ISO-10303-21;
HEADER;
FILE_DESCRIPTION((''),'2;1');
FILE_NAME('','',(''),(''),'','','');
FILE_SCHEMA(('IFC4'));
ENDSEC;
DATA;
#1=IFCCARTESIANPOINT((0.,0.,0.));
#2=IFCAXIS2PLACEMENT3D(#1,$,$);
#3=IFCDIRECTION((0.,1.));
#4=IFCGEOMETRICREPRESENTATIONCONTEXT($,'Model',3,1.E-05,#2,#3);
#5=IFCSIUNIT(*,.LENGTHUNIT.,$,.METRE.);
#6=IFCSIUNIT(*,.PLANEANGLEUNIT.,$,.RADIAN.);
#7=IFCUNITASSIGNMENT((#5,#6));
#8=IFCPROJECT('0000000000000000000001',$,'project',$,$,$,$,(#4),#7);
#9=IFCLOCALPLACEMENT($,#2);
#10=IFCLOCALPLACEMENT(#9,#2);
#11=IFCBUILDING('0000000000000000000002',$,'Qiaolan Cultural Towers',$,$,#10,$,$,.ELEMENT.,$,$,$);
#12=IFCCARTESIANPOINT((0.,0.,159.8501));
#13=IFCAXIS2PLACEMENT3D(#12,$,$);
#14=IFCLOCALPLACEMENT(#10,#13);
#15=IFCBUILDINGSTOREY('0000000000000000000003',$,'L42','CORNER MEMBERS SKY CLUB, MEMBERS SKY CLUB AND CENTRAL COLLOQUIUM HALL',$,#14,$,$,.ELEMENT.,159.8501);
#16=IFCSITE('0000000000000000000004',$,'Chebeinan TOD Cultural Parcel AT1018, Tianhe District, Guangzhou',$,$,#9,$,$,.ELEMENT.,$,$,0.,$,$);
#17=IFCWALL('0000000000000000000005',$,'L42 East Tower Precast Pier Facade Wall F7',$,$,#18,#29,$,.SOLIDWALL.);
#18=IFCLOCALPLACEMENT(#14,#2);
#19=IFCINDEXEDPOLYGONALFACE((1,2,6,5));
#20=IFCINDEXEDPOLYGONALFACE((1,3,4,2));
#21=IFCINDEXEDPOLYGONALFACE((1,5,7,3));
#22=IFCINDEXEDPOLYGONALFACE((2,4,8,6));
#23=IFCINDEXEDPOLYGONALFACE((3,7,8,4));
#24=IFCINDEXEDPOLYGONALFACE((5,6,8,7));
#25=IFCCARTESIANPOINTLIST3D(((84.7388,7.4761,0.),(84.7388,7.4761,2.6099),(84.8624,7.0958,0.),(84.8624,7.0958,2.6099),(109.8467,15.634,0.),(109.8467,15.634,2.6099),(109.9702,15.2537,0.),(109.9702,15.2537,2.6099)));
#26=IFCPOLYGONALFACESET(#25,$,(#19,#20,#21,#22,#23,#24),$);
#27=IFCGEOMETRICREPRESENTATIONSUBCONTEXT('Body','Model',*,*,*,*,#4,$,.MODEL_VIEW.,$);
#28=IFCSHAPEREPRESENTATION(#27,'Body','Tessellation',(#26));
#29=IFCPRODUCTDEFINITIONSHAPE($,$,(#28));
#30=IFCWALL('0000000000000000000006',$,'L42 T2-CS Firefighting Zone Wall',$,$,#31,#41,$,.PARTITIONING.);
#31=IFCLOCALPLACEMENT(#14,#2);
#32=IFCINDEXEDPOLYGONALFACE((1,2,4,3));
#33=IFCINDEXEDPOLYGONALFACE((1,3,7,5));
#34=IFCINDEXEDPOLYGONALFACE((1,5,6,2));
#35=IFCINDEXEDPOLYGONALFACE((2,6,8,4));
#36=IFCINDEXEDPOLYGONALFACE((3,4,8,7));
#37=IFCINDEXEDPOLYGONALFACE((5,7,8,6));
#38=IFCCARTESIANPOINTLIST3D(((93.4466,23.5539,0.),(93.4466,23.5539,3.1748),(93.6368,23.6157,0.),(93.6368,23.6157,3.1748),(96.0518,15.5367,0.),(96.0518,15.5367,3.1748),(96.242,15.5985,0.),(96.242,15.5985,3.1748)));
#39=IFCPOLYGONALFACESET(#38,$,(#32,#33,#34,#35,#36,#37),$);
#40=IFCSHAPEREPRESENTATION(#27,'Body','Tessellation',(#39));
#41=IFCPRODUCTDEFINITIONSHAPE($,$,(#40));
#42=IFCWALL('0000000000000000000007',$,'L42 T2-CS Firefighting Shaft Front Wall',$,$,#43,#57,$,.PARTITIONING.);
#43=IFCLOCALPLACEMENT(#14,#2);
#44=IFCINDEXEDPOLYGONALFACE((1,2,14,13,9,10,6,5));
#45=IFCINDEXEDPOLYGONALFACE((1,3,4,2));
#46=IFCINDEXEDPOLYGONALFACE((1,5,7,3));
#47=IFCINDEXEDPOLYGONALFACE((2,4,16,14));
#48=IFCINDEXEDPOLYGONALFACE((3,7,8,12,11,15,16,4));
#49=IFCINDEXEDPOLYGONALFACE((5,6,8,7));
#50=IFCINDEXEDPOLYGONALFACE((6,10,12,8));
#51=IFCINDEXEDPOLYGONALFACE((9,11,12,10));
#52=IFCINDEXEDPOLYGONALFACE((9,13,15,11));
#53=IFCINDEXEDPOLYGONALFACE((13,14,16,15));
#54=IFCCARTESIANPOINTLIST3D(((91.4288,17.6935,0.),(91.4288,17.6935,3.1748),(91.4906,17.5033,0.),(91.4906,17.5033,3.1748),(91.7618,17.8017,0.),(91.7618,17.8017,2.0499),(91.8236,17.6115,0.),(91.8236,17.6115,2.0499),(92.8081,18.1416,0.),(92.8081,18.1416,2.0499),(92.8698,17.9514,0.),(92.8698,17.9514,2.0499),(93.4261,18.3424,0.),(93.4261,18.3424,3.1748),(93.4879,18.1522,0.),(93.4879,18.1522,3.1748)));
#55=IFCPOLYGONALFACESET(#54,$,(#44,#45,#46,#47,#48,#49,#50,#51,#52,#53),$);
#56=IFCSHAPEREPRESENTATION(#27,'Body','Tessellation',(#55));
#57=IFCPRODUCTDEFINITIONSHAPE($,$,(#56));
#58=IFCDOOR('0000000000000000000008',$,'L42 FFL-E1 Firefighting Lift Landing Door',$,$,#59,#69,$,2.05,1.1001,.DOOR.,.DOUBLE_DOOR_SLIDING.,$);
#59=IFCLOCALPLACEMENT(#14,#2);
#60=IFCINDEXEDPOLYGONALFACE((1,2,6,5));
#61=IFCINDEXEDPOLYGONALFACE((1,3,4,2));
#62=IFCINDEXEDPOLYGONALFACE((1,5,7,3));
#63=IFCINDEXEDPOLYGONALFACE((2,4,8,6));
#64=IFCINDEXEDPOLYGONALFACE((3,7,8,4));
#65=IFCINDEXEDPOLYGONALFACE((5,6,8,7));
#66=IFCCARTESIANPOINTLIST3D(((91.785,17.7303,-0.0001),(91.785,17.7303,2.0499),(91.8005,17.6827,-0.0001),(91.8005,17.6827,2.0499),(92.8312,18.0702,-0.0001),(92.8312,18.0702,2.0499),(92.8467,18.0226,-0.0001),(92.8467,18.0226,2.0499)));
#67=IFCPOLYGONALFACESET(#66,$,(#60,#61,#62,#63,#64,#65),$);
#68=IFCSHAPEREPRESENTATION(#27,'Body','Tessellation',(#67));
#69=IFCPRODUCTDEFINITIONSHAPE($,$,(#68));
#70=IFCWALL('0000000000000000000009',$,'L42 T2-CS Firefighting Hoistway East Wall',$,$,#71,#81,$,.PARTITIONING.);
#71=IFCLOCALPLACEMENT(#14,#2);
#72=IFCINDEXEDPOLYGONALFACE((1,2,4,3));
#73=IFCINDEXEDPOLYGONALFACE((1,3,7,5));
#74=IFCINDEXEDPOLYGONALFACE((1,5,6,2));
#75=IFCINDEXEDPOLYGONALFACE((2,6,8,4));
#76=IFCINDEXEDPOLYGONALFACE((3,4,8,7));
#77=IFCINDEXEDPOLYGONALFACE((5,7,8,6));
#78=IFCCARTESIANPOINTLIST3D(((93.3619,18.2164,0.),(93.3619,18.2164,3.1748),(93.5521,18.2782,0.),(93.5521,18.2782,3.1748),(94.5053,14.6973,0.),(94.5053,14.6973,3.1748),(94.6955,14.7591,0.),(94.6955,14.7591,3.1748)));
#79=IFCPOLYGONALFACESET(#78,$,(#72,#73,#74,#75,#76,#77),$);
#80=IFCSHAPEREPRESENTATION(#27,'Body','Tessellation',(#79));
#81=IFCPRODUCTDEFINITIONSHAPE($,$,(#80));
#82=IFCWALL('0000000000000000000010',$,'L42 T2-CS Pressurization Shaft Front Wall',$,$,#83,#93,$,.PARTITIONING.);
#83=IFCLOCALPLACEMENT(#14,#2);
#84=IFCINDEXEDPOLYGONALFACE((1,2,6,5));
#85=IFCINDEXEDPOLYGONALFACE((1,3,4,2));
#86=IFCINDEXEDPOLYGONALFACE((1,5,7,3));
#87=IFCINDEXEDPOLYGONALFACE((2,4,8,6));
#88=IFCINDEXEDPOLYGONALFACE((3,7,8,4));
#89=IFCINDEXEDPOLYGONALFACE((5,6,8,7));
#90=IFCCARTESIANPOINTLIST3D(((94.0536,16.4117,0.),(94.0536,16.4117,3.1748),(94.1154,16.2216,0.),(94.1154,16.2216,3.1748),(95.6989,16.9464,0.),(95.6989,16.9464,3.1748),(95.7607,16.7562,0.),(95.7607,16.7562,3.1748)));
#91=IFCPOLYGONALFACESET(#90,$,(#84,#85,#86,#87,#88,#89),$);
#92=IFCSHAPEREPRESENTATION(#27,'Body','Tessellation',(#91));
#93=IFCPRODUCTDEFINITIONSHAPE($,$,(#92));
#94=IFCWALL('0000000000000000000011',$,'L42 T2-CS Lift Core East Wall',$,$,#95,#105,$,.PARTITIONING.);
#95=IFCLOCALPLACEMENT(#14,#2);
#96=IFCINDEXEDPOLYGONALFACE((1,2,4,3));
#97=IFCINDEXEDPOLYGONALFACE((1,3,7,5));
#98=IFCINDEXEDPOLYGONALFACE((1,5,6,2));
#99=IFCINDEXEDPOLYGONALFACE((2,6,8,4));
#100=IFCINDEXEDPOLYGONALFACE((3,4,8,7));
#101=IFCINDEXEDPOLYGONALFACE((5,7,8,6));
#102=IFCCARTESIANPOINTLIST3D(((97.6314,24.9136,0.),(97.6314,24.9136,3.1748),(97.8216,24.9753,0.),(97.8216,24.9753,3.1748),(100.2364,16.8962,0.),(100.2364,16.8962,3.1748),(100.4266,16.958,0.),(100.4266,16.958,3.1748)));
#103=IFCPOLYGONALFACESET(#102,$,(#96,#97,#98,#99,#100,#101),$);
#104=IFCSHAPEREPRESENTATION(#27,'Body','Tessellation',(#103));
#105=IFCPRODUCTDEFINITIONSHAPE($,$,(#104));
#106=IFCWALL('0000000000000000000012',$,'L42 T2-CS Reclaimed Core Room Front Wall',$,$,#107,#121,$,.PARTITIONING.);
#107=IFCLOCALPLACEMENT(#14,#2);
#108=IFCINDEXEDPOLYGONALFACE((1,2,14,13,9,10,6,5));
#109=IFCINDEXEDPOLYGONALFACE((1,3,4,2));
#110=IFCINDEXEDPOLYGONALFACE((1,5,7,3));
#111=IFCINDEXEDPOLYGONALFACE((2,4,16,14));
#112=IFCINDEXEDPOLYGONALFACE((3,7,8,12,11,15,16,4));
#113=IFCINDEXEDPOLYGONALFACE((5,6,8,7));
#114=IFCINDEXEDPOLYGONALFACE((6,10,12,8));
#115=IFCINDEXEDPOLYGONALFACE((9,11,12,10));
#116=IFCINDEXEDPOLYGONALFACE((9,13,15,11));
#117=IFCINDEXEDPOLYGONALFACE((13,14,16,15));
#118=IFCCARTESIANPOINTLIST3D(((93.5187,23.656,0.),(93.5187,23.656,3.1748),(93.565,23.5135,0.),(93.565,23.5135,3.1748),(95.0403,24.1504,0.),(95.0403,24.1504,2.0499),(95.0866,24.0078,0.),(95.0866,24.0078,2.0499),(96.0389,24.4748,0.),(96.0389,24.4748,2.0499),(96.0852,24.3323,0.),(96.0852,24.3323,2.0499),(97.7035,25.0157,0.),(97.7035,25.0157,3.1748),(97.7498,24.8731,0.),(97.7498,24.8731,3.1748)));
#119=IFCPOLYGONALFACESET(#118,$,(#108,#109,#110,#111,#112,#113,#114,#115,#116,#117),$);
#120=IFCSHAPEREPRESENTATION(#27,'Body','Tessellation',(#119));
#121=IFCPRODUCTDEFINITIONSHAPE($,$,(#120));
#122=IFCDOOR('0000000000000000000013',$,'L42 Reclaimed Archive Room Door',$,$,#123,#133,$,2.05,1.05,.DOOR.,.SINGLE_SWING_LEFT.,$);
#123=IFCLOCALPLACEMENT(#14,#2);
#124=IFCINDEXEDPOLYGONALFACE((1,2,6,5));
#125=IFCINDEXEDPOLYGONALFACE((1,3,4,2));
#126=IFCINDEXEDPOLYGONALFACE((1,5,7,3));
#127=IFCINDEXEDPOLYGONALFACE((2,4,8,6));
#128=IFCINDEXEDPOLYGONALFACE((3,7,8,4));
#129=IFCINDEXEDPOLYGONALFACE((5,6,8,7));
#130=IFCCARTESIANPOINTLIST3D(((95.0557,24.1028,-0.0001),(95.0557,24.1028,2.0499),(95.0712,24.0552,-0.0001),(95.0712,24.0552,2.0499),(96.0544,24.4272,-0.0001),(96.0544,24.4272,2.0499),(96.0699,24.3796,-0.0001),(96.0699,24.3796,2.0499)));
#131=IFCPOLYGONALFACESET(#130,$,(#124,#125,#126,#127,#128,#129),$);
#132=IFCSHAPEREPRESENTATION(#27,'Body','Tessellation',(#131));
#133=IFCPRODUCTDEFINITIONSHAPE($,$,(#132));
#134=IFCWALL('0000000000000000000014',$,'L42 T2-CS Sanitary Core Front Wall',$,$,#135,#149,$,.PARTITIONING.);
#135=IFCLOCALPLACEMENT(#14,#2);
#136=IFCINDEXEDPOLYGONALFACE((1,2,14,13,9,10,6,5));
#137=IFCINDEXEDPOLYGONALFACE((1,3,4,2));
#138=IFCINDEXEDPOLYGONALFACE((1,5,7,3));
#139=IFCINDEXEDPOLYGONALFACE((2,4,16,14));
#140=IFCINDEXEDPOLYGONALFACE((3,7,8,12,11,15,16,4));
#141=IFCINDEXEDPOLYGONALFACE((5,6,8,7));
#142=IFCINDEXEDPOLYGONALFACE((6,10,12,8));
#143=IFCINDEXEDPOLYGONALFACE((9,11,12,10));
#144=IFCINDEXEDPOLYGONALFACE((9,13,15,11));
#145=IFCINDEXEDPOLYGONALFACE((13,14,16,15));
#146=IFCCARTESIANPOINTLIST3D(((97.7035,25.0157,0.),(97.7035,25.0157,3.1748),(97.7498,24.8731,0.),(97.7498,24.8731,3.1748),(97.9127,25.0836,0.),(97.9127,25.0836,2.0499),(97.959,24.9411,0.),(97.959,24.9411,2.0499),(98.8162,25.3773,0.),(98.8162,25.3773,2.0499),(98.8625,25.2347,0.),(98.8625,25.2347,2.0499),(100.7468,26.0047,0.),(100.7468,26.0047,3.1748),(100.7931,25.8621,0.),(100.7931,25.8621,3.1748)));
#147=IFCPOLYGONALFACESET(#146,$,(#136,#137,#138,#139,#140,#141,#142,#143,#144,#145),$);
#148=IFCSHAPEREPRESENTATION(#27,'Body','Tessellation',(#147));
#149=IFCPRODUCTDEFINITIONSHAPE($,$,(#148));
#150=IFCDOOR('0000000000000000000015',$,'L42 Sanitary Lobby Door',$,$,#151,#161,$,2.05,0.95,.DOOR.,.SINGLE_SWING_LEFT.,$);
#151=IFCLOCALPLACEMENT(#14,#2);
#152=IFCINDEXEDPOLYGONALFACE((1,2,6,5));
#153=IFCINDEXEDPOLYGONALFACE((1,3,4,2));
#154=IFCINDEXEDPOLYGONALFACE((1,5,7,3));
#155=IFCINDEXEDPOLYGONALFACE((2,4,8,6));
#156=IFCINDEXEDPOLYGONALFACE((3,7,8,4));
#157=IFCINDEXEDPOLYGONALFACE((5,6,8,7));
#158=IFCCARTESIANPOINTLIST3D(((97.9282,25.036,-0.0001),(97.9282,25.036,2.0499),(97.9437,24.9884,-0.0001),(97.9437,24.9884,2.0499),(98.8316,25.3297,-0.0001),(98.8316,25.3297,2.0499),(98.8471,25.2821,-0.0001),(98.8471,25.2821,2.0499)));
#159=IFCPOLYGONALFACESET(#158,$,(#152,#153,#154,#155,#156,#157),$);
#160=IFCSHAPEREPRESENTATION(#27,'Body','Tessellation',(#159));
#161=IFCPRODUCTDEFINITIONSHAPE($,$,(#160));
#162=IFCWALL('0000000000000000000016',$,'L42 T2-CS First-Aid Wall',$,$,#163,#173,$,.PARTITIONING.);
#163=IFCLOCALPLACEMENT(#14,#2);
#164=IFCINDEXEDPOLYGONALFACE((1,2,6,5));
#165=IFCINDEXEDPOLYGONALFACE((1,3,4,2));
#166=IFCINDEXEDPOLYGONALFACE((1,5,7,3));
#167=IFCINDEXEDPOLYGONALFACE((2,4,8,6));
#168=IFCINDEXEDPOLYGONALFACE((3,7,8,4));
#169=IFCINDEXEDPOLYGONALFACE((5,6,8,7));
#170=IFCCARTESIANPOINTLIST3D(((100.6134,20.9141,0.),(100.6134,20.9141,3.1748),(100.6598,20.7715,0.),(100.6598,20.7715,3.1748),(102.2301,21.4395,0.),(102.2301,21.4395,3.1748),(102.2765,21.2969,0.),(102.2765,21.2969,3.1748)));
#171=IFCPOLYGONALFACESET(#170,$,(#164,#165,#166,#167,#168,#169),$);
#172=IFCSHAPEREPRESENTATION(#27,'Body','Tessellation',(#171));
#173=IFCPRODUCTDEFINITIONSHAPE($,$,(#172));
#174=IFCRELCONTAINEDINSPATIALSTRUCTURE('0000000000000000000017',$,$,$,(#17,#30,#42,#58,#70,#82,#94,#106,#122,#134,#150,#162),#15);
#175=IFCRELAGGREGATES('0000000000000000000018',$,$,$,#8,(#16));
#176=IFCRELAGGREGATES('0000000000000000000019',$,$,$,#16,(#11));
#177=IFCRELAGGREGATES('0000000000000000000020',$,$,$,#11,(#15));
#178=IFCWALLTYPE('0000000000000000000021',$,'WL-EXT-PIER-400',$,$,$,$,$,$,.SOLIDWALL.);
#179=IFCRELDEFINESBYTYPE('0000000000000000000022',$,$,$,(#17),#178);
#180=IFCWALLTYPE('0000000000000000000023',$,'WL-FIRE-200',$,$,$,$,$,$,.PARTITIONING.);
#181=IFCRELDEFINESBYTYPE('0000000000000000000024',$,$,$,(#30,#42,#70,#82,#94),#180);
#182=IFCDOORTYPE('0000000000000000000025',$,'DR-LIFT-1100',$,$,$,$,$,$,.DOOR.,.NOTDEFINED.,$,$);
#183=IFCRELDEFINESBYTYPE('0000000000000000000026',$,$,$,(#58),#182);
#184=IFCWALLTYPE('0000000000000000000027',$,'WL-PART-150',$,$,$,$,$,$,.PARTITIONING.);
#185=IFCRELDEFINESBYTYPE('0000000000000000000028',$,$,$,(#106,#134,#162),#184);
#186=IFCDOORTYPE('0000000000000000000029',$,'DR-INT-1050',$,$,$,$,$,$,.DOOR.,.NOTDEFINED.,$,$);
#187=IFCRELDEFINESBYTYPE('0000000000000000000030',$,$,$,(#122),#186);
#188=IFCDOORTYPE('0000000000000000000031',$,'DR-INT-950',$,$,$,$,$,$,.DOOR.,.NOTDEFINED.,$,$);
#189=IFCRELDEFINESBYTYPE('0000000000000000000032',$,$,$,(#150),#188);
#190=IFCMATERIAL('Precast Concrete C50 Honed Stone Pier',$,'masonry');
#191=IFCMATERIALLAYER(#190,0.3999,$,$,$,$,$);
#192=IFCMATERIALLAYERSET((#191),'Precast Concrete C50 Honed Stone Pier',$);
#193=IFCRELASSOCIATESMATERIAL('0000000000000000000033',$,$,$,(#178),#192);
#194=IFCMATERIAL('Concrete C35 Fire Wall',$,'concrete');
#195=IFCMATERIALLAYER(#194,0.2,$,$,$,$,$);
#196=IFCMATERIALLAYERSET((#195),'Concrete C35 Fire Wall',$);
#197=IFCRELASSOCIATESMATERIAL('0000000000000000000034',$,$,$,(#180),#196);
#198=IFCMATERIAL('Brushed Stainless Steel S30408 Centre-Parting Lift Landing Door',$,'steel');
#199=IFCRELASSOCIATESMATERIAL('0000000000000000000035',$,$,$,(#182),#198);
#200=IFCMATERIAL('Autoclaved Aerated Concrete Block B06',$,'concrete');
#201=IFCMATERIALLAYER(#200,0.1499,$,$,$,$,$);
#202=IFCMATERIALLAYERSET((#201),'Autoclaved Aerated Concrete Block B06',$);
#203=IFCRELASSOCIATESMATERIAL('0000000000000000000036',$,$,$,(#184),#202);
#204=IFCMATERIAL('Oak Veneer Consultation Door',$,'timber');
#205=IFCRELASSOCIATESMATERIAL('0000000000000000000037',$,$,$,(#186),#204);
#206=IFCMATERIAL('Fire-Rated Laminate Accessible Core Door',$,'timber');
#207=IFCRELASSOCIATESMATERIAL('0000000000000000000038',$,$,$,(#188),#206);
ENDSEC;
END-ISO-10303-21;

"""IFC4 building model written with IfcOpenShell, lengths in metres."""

from ifc_helpers import new_model, si_unit, direction, frame, frame_2d, origin, place, context, subcontext, project, spatial, rectangle, extrude, material, layer, layer_set, type_object, element, fill, save


model = new_model("IFC4")

# Units and contexts
model_context = context("Model", 3, precision=1e-05, world=origin(), true_north=direction((0.0, 1.0)))
body_context = subcontext(model_context, "Body", "Model", "MODEL_VIEW")
ifc_project = project(units=[si_unit("LENGTHUNIT", "METRE"), si_unit("PLANEANGLEUNIT", "RADIAN")], contexts=[model_context])

# Site, building, storey
site_placement = place(None, origin())
site = spatial("IfcSite", under=ifc_project, at=site_placement, Name="Chebeinan TOD Cultural Parcel AT1018, Tianhe District, Guangzhou", CompositionType="ELEMENT", RefElevation=0.0)
building_placement = place(site_placement, origin())
building = spatial("IfcBuilding", under=site, at=building_placement, Name="Qiaolan Cultural Towers", CompositionType="ELEMENT")
storey_placement = place(building_placement, frame((0.0, 0.0, 159.8501)))
storey = spatial("IfcBuildingStorey", under=building, at=storey_placement, Name="L42", Description="CORNER MEMBERS SKY CLUB, MEMBERS SKY CLUB AND CENTRAL COLLOQUIUM HALL", CompositionType="ELEMENT", Elevation=159.8501)

# Walls
ifc_material_1 = material(Name="Precast Concrete C50 Honed Stone Pier", Category="masonry")
ifc_layer_1 = layer(ifc_material_1, 0.3999)
ifc_layer_set_1 = layer_set([ifc_layer_1], Name="Precast Concrete C50 Honed Stone Pier")
wall_type_1 = type_object("IfcWallType", Name="WL-EXT-PIER-400", PredefinedType="SOLIDWALL", material=ifc_layer_set_1)
wall_1_placement = place(storey_placement, frame((109.9084, 15.4438, 0.0), z_axis=(0.0, 0.0, 1.0), x_axis=(-0.951058, -0.309014, 0.0)))
element("IfcWall", 1, at=wall_1_placement, inside=storey, type_object=wall_type_1, Name="L42 East Tower Precast Pier Facade Wall F7", PredefinedType="SOLIDWALL", context=body_context, shape_type="SweptSolid", body=[
    extrude(rectangle(XDim=26.3999, YDim=0.3999, at=frame_2d((13.2, 0.0))), origin(), (0.0, 0.0, 1.0), 2.6099),
])
ifc_material_2 = material(Name="Concrete C35 Fire Wall", Category="concrete")
ifc_layer_2 = layer(ifc_material_2, 0.2)
ifc_layer_set_2 = layer_set([ifc_layer_2], Name="Concrete C35 Fire Wall")
wall_type_2 = type_object("IfcWallType", Name="WL-FIRE-200", PredefinedType="PARTITIONING", material=ifc_layer_set_2)
wall_2_placement = place(storey_placement, frame((93.5417, 23.5847, 0.0), z_axis=(0.0, 0.0, 1.0), x_axis=(0.309042, -0.951048, 0.0)))
element("IfcWall", 2, at=wall_2_placement, inside=storey, type_object=wall_type_2, Name="L42 T2-CS Firefighting Zone Wall", PredefinedType="PARTITIONING", context=body_context, shape_type="SweptSolid", body=[
    extrude(rectangle(XDim=8.4299, YDim=0.2, at=frame_2d((4.2148, 0.0))), origin(), (0.0, 0.0, 1.0), 3.1748),
])

# Wall, opening, door
wall_3_placement = place(storey_placement, frame((91.4597, 17.5984, 0.0), z_axis=(0.0, 0.0, 1.0), x_axis=(0.951062, 0.308999, 0.0)))
wall_3 = element("IfcWall", 3, at=wall_3_placement, inside=storey, type_object=wall_type_2, Name="L42 T2-CS Firefighting Shaft Front Wall", PredefinedType="PARTITIONING", context=body_context, shape_type="SweptSolid", body=[
    extrude(rectangle(XDim=2.1001, YDim=0.2, at=frame_2d((1.05, 0.0))), origin(), (0.0, 0.0, 1.0), 3.1748),
])
opening_1_placement = place(wall_3_placement, frame((0.3501, 0.0, 0.0)))
opening_1 = element("IfcOpeningElement", 4, at=opening_1_placement, cuts=wall_3, PredefinedType="OPENING", context=body_context, shape_type="SweptSolid", body=[
    extrude(rectangle(XDim=1.1001, YDim=2.05, at=frame_2d((0.55, 1.0249))), frame((0.0, 0.1099, 0.0), z_axis=(0.0, -1.0, 0.0), x_axis=(1.0, 0.0, 0.0)), (0.0, 0.0, 1.0), 0.22),
])
ifc_material_3 = material(Name="Brushed Stainless Steel S30408 Centre-Parting Lift Landing Door", Category="steel")
door_type_1 = type_object("IfcDoorType", Name="DR-LIFT-1100", OperationType="NOTDEFINED", PredefinedType="DOOR", material=ifc_material_3)
door_1_placement = place(opening_1_placement, origin())
door_1 = element("IfcDoor", 5, at=door_1_placement, inside=storey, type_object=door_type_1, Name="L42 FFL-E1 Firefighting Lift Landing Door", OperationType="DOUBLE_DOOR_SLIDING", OverallHeight=2.05, OverallWidth=1.1001, PredefinedType="DOOR", context=body_context, shape_type="SweptSolid", body=[
    extrude(rectangle(XDim=1.1001, YDim=2.05, at=frame_2d((0.55, 1.0249))), frame((0.0, 0.0249, 0.0), z_axis=(0.0, -1.0, 0.0), x_axis=(1.0, 0.0, 0.0)), (0.0, 0.0, 1.0), 0.05),
])
fill(opening_1, door_1)

# Walls
wall_4_placement = place(storey_placement, frame((93.457, 18.2473, 0.0), z_axis=(0.0, 0.0, 1.0), x_axis=(0.308994, -0.951064, 0.0)))
element("IfcWall", 6, at=wall_4_placement, inside=storey, type_object=wall_type_2, Name="L42 T2-CS Firefighting Hoistway East Wall", PredefinedType="PARTITIONING", context=body_context, shape_type="SweptSolid", body=[
    extrude(rectangle(XDim=3.7002, YDim=0.2, at=frame_2d((1.8501, 0.0))), origin(), (0.0, 0.0, 1.0), 3.1748),
])
wall_5_placement = place(storey_placement, frame((94.0845, 16.3167, 0.0), z_axis=(0.0, 0.0, 1.0), x_axis=(0.951041, 0.309064, 0.0)))
element("IfcWall", 7, at=wall_5_placement, inside=storey, type_object=wall_type_2, Name="L42 T2-CS Pressurization Shaft Front Wall", PredefinedType="PARTITIONING", context=body_context, shape_type="SweptSolid", body=[
    extrude(rectangle(XDim=1.73, YDim=0.2, at=frame_2d((0.865, 0.0))), origin(), (0.0, 0.0, 1.0), 3.1748),
])
wall_6_placement = place(storey_placement, frame((97.7266, 24.9443, 0.0), z_axis=(0.0, 0.0, 1.0), x_axis=(0.309016, -0.951057, 0.0)))
element("IfcWall", 8, at=wall_6_placement, inside=storey, type_object=wall_type_2, Name="L42 T2-CS Lift Core East Wall", PredefinedType="PARTITIONING", context=body_context, shape_type="SweptSolid", body=[
    extrude(rectangle(XDim=8.4299, YDim=0.2, at=frame_2d((4.2148, 0.0))), origin(), (0.0, 0.0, 1.0), 3.1748),
])

# Walls, openings, doors
ifc_material_4 = material(Name="Autoclaved Aerated Concrete Block B06", Category="concrete")
ifc_layer_3 = layer(ifc_material_4, 0.1499)
ifc_layer_set_3 = layer_set([ifc_layer_3], Name="Autoclaved Aerated Concrete Block B06")
wall_type_3 = type_object("IfcWallType", Name="WL-PART-150", PredefinedType="PARTITIONING", material=ifc_layer_set_3)
wall_7_placement = place(storey_placement, frame((93.5417, 23.5847, 0.0), z_axis=(0.0, 0.0, 1.0), x_axis=(0.951064, 0.308994, 0.0)))
wall_7 = element("IfcWall", 9, at=wall_7_placement, inside=storey, type_object=wall_type_3, Name="L42 T2-CS Reclaimed Core Room Front Wall", PredefinedType="PARTITIONING", context=body_context, shape_type="SweptSolid", body=[
    extrude(rectangle(XDim=4.4001, YDim=0.1499, at=frame_2d((2.2002, 0.0))), origin(), (0.0, 0.0, 1.0), 3.1748),
])
opening_2_placement = place(wall_7_placement, frame((1.6001, 0.0, 0.0)))
opening_2 = element("IfcOpeningElement", 10, at=opening_2_placement, cuts=wall_7, PredefinedType="OPENING", context=body_context, shape_type="SweptSolid", body=[
    extrude(rectangle(XDim=1.05, YDim=2.05, at=frame_2d((0.5249, 1.0249))), frame((0.0, 0.085, 0.0), z_axis=(0.0, -1.0, 0.0), x_axis=(1.0, 0.0, 0.0)), (0.0, 0.0, 1.0), 0.1699),
])
ifc_material_5 = material(Name="Oak Veneer Consultation Door", Category="timber")
door_type_2 = type_object("IfcDoorType", Name="DR-INT-1050", OperationType="NOTDEFINED", PredefinedType="DOOR", material=ifc_material_5)
door_2_placement = place(opening_2_placement, origin())
door_2 = element("IfcDoor", 11, at=door_2_placement, inside=storey, type_object=door_type_2, Name="L42 Reclaimed Archive Room Door", OperationType="SINGLE_SWING_LEFT", OverallHeight=2.05, OverallWidth=1.05, PredefinedType="DOOR", context=body_context, shape_type="SweptSolid", body=[
    extrude(rectangle(XDim=1.05, YDim=2.05, at=frame_2d((0.5249, 1.0249))), frame((0.0, 0.0249, 0.0), z_axis=(0.0, -1.0, 0.0), x_axis=(1.0, 0.0, 0.0)), (0.0, 0.0, 1.0), 0.05),
])
fill(opening_2, door_2)
wall_8_placement = place(storey_placement, frame((97.7266, 24.9443, 0.0), z_axis=(0.0, 0.0, 1.0), x_axis=(0.951037, 0.309077, 0.0)))
wall_8 = element("IfcWall", 12, at=wall_8_placement, inside=storey, type_object=wall_type_3, Name="L42 T2-CS Sanitary Core Front Wall", PredefinedType="PARTITIONING", context=body_context, shape_type="SweptSolid", body=[
    extrude(rectangle(XDim=3.2, YDim=0.1499, at=frame_2d((1.6001, 0.0))), origin(), (0.0, 0.0, 1.0), 3.1748),
])
opening_3_placement = place(wall_8_placement, frame((0.22, 0.0, 0.0)))
opening_3 = element("IfcOpeningElement", 13, at=opening_3_placement, cuts=wall_8, PredefinedType="OPENING", context=body_context, shape_type="SweptSolid", body=[
    extrude(rectangle(XDim=0.95, YDim=2.05, at=frame_2d((0.4751, 1.0249))), frame((0.0, 0.085, 0.0), z_axis=(0.0, -1.0, 0.0), x_axis=(1.0, 0.0, 0.0)), (0.0, 0.0, 1.0), 0.1699),
])
ifc_material_6 = material(Name="Fire-Rated Laminate Accessible Core Door", Category="timber")
door_type_3 = type_object("IfcDoorType", Name="DR-INT-950", OperationType="NOTDEFINED", PredefinedType="DOOR", material=ifc_material_6)
door_3_placement = place(opening_3_placement, origin())
door_3 = element("IfcDoor", 14, at=door_3_placement, inside=storey, type_object=door_type_3, Name="L42 Sanitary Lobby Door", OperationType="SINGLE_SWING_LEFT", OverallHeight=2.05, OverallWidth=0.95, PredefinedType="DOOR", context=body_context, shape_type="SweptSolid", body=[
    extrude(rectangle(XDim=0.95, YDim=2.05, at=frame_2d((0.4751, 1.0249))), frame((0.0, 0.0249, 0.0), z_axis=(0.0, -1.0, 0.0), x_axis=(1.0, 0.0, 0.0)), (0.0, 0.0, 1.0), 0.05),
])
fill(opening_3, door_3)

# Wall
wall_9_placement = place(storey_placement, frame((100.6365, 20.8428, 0.0), z_axis=(0.0, 0.0, 1.0), x_axis=(0.95104, 0.309067, 0.0)))
element("IfcWall", 15, at=wall_9_placement, inside=storey, type_object=wall_type_3, Name="L42 T2-CS First-Aid Wall", PredefinedType="PARTITIONING", context=body_context, shape_type="SweptSolid", body=[
    extrude(rectangle(XDim=1.7, YDim=0.1499, at=frame_2d((0.8501, 0.0))), origin(), (0.0, 0.0, 1.0), 3.1748),
])

save(model, "model.ifc")
